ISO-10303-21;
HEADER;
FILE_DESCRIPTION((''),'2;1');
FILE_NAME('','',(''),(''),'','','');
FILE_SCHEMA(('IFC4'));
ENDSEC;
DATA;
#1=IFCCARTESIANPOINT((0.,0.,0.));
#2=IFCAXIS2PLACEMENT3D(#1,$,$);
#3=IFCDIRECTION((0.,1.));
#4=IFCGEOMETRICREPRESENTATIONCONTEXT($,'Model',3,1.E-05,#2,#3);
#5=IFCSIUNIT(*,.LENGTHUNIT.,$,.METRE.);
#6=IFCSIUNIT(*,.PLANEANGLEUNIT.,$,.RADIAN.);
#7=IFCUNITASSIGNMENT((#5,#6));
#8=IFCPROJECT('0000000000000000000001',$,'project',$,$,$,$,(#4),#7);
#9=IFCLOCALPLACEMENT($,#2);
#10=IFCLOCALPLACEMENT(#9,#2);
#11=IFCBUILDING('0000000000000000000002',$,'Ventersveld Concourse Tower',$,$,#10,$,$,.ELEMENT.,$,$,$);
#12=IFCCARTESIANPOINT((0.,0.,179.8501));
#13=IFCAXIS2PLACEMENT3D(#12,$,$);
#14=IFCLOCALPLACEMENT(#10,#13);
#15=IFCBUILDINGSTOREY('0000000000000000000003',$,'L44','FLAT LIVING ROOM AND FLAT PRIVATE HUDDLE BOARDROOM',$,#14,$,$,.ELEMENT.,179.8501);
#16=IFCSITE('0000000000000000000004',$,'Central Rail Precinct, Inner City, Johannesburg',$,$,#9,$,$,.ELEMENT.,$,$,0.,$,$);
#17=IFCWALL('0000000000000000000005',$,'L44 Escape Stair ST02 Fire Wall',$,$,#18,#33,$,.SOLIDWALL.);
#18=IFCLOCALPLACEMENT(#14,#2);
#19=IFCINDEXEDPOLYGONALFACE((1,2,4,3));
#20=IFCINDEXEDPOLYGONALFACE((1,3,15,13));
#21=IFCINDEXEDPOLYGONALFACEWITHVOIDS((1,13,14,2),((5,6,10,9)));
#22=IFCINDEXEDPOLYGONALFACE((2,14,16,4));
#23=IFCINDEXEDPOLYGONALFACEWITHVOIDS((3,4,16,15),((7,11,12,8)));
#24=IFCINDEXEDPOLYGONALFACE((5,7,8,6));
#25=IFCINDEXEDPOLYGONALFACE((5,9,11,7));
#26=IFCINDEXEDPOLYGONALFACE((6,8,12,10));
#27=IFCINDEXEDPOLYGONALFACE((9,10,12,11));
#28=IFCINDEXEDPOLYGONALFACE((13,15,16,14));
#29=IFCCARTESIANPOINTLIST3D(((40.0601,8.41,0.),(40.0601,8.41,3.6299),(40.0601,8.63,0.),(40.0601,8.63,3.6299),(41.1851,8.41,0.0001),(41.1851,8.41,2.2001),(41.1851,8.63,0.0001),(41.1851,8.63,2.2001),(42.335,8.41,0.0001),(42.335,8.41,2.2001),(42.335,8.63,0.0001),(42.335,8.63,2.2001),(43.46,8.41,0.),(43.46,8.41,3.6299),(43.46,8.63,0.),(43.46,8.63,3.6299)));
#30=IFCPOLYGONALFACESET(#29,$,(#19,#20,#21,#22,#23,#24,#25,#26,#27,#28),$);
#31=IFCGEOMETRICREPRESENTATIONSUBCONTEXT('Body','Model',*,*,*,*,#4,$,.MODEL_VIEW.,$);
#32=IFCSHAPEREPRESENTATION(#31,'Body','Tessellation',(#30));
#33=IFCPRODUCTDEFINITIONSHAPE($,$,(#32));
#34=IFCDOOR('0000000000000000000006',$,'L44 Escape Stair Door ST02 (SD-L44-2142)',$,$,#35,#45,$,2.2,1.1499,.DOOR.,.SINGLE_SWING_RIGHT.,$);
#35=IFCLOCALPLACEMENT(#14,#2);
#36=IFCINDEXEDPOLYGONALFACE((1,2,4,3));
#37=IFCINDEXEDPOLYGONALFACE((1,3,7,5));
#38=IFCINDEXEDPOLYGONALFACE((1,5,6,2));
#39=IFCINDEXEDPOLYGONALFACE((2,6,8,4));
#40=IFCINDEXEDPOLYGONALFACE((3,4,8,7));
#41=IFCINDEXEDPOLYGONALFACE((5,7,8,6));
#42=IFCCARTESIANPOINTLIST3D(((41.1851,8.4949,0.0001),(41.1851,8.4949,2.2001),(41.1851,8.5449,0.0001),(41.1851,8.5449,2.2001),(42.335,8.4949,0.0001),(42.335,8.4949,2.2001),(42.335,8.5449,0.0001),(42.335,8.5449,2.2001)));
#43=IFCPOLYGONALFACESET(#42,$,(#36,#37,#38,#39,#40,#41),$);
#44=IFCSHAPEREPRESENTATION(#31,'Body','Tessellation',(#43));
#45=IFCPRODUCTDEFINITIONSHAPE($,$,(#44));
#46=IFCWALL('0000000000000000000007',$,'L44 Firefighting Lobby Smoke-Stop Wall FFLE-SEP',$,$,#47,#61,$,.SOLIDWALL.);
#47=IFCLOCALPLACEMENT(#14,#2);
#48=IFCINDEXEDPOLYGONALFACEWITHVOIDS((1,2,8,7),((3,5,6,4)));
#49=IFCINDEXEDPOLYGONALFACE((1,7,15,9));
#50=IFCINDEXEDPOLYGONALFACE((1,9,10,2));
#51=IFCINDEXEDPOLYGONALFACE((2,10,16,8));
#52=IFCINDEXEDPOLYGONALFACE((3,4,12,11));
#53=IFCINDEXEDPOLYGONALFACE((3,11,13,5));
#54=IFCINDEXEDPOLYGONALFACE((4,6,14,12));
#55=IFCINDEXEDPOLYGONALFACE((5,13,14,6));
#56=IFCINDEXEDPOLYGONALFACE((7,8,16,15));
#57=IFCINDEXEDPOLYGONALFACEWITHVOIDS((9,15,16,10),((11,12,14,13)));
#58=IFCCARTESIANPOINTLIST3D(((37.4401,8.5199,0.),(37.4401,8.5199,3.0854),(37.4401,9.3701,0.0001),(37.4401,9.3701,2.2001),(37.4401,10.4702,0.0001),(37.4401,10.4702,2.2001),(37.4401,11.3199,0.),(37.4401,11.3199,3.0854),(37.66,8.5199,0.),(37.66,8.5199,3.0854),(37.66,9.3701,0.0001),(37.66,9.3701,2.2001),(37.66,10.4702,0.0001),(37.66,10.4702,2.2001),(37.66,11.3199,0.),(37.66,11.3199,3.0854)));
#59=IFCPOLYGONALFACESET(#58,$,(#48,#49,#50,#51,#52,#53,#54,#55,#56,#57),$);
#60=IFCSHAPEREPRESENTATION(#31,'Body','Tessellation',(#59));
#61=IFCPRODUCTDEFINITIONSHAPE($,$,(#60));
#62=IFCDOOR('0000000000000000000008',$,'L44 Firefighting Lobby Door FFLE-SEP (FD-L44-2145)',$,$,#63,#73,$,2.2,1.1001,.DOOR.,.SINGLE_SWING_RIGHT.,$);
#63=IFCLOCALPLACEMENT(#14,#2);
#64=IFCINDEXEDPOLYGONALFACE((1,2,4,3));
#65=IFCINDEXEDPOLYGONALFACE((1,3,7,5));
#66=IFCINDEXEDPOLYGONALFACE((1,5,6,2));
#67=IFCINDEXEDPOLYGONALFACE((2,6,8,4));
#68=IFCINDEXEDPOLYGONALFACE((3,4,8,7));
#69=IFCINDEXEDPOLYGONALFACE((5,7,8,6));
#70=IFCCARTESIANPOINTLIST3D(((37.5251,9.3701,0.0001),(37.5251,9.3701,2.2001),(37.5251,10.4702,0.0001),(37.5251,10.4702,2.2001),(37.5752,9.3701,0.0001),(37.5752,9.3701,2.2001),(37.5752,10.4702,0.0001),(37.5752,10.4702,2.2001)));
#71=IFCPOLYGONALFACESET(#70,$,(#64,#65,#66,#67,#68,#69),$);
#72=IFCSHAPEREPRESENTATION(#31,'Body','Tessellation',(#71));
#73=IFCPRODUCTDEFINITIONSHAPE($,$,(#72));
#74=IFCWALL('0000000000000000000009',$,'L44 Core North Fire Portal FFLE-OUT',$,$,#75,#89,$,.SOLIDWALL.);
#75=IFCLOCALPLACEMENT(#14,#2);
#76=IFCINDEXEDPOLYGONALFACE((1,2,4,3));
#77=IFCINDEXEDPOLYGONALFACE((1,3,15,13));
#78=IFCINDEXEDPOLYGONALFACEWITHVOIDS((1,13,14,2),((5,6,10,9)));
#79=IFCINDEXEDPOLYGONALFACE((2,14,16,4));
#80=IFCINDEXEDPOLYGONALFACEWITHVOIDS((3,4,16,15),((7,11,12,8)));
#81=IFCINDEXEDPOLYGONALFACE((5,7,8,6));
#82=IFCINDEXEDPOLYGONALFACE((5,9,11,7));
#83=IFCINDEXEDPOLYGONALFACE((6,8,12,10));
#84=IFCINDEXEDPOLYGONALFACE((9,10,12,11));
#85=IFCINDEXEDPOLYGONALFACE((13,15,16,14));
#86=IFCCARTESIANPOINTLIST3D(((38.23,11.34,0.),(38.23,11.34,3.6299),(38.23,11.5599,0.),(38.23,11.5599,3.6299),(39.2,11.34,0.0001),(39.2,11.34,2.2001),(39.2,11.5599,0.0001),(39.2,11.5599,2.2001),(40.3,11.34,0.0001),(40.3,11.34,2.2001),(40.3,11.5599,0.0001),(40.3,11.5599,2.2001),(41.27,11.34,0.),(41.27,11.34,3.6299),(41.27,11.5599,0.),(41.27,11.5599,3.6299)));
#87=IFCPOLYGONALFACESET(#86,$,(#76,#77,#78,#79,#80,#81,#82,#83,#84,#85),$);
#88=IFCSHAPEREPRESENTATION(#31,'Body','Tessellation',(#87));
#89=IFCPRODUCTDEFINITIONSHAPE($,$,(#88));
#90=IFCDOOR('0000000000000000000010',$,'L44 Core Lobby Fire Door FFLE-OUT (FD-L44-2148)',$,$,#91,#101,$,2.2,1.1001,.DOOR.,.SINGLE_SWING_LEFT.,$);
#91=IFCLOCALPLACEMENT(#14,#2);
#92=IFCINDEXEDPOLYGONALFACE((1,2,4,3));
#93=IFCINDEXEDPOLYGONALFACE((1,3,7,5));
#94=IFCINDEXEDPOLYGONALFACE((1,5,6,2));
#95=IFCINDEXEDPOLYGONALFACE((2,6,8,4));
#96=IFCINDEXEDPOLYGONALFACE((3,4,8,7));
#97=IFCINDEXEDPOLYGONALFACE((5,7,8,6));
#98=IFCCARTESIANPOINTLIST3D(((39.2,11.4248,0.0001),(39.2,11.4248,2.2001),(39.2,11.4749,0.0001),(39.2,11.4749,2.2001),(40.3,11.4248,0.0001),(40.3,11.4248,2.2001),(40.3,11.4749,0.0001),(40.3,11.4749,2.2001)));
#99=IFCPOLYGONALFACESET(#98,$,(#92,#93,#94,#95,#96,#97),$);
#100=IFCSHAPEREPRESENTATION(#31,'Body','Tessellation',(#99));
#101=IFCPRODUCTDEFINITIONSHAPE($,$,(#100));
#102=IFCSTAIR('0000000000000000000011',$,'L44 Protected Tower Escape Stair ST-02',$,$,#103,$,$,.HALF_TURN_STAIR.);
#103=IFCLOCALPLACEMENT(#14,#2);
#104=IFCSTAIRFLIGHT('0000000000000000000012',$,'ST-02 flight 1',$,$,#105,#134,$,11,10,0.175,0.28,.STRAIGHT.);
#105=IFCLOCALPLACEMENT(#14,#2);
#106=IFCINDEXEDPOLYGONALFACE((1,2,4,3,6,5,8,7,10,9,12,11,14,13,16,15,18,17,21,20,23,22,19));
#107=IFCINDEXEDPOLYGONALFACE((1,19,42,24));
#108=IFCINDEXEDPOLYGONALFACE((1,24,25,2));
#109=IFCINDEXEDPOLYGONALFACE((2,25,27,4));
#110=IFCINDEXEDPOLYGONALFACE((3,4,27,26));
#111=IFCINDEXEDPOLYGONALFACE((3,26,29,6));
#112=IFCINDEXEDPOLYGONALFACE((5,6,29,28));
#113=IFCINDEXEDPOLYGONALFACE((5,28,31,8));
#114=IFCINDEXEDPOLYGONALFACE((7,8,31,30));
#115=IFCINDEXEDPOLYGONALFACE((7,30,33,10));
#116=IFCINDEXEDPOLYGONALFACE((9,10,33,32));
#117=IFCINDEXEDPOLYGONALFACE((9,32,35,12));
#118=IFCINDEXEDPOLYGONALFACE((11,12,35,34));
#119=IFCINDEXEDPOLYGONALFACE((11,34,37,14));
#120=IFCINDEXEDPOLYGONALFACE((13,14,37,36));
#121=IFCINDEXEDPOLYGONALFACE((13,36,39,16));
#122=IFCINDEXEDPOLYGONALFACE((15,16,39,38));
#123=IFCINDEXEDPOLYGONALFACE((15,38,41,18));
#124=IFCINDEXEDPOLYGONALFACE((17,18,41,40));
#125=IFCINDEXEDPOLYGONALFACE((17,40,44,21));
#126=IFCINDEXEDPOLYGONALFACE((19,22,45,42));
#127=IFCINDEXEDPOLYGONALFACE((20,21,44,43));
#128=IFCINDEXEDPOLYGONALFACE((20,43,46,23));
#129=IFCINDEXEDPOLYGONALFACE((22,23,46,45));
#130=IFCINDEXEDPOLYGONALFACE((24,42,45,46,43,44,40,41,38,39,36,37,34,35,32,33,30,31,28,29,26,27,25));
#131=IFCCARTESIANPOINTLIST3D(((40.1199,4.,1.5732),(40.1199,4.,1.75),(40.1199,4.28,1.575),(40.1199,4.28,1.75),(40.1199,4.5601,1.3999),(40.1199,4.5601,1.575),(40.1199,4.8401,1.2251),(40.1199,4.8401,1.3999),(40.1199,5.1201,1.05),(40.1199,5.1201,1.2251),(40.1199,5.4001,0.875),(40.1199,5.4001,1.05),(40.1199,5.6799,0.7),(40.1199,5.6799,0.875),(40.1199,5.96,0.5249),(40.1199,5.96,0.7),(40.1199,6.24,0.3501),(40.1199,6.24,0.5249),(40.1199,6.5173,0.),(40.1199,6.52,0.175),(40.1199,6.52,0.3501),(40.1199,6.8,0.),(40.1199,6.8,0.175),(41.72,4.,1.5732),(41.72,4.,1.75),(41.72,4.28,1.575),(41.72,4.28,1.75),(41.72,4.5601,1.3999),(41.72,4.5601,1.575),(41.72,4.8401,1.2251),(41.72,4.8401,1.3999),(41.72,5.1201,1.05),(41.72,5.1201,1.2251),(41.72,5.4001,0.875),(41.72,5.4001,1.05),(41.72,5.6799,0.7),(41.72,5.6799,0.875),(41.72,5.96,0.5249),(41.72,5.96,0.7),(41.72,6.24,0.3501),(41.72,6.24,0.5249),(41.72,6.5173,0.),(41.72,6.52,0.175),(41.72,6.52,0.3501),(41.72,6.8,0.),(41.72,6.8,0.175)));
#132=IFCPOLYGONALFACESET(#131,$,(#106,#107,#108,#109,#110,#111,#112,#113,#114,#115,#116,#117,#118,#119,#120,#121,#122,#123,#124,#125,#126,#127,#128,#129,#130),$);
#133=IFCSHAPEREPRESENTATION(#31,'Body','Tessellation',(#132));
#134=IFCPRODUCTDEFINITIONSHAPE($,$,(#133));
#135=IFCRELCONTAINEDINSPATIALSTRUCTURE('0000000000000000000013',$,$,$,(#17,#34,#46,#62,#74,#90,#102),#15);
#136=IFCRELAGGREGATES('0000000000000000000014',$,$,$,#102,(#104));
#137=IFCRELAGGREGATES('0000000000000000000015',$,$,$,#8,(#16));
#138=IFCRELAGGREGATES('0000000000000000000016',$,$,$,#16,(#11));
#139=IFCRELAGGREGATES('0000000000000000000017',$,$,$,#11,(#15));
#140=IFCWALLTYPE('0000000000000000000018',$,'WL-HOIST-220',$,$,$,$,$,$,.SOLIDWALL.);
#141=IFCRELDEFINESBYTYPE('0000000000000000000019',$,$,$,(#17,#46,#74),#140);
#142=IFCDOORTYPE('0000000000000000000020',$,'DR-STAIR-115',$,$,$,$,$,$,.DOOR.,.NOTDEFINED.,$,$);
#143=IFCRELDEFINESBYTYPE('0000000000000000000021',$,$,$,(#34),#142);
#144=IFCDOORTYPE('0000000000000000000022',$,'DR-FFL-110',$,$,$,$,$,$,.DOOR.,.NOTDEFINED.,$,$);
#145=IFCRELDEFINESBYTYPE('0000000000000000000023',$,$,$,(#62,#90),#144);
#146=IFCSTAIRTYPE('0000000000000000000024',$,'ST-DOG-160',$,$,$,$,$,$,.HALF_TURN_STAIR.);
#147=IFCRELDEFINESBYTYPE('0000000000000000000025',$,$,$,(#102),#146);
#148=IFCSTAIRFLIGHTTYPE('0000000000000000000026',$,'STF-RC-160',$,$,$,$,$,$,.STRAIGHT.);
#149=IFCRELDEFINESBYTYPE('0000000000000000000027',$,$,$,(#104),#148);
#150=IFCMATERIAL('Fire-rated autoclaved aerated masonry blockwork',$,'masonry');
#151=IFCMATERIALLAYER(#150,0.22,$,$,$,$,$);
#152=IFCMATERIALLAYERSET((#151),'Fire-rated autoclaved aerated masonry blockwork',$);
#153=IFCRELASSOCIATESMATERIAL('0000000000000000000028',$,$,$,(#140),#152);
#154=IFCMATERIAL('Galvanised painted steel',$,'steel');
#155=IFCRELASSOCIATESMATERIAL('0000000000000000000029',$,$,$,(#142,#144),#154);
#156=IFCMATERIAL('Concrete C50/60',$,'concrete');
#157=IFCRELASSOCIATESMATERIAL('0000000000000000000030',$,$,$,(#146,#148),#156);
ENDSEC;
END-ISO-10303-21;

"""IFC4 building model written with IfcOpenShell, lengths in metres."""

from ifc_helpers import new_model, si_unit, direction, frame, frame_2d, origin, place, context, subcontext, project, spatial, polyline, rectangle, outline, extrude, material, layer, layer_set, type_object, element, fill, aggregate, save


model = new_model("IFC4")

# Units and contexts
model_context = context("Model", 3, precision=1e-05, world=origin(), true_north=direction((0.0, 1.0)))
body_context = subcontext(model_context, "Body", "Model", "MODEL_VIEW")
ifc_project = project(units=[si_unit("LENGTHUNIT", "METRE"), si_unit("PLANEANGLEUNIT", "RADIAN")], contexts=[model_context])

# Site, building, storey
site_placement = place(None, origin())
site = spatial("IfcSite", under=ifc_project, at=site_placement, Name="Central Rail Precinct, Inner City, Johannesburg", CompositionType="ELEMENT", RefElevation=0.0)
building_placement = place(site_placement, origin())
building = spatial("IfcBuilding", under=site, at=building_placement, Name="Ventersveld Concourse Tower", CompositionType="ELEMENT")
storey_placement = place(building_placement, frame((0.0, 0.0, 179.8501)))
storey = spatial("IfcBuildingStorey", under=building, at=storey_placement, Name="L44", Description="FLAT LIVING ROOM AND FLAT PRIVATE HUDDLE BOARDROOM", CompositionType="ELEMENT", Elevation=179.8501)

# Shared definitions
ifc_material_1 = material(Name="Fire-rated autoclaved aerated masonry blockwork", Category="masonry")
ifc_layer_1 = layer(ifc_material_1, 0.22)
ifc_layer_set_1 = layer_set([ifc_layer_1], Name="Fire-rated autoclaved aerated masonry blockwork")
wall_type_1 = type_object("IfcWallType", Name="WL-HOIST-220", PredefinedType="SOLIDWALL", material=ifc_layer_set_1)

# Walls, openings, doors
wall_1_placement = place(storey_placement, frame((40.0601, 8.52, 0.0), z_axis=(0.0, 0.0, 1.0), x_axis=(1.0, 0.0, 0.0)))
wall_1 = element("IfcWall", 1, at=wall_1_placement, inside=storey, type_object=wall_type_1, Name="L44 Escape Stair ST02 Fire Wall", PredefinedType="SOLIDWALL", context=body_context, shape_type="SweptSolid", body=[
    extrude(rectangle(XDim=3.3999, YDim=0.22, at=frame_2d((1.7, 0.0))), origin(), (0.0, 0.0, 1.0), 3.6299),
])
opening_1_placement = place(wall_1_placement, frame((1.125, 0.0, 0.0)))
opening_1 = element("IfcOpeningElement", 2, at=opening_1_placement, cuts=wall_1, PredefinedType="OPENING", context=body_context, shape_type="SweptSolid", body=[
    extrude(rectangle(XDim=1.1499, YDim=2.2, at=frame_2d((0.575, 1.1001))), frame((0.0, 0.1201, 0.0), z_axis=(0.0, -1.0, 0.0), x_axis=(1.0, 0.0, 0.0)), (0.0, 0.0, 1.0), 0.24),
])
ifc_material_2 = material(Name="Galvanised painted steel", Category="steel")
door_type_1 = type_object("IfcDoorType", Name="DR-STAIR-115", OperationType="NOTDEFINED", PredefinedType="DOOR", material=ifc_material_2)
door_1_placement = place(opening_1_placement, origin())
door_1 = element("IfcDoor", 3, at=door_1_placement, inside=storey, type_object=door_type_1, Name="L44 Escape Stair Door ST02 (SD-L44-2142)", OperationType="SINGLE_SWING_RIGHT", OverallHeight=2.2, OverallWidth=1.1499, PredefinedType="DOOR", context=body_context, shape_type="SweptSolid", body=[
    extrude(rectangle(XDim=1.1499, YDim=2.2, at=frame_2d((0.575, 1.1001))), frame((0.0, 0.0249, 0.0), z_axis=(0.0, -1.0, 0.0), x_axis=(1.0, 0.0, 0.0)), (0.0, 0.0, 1.0), 0.05),
])
fill(opening_1, door_1)
wall_2_placement = place(storey_placement, frame((37.55, 8.52, 0.0), z_axis=(0.0, 0.0, 1.0), x_axis=(0.0, 1.0, 0.0)))
wall_2 = element("IfcWall", 4, at=wall_2_placement, inside=storey, type_object=wall_type_1, Name="L44 Firefighting Lobby Smoke-Stop Wall FFLE-SEP", PredefinedType="SOLIDWALL", context=body_context, shape_type="SweptSolid", body=[
    extrude(rectangle(XDim=2.8, YDim=0.22, at=frame_2d((1.3999, 0.0))), origin(), (0.0, 0.0, 1.0), 3.0854),
])
opening_2_placement = place(wall_2_placement, frame((0.8501, 0.0, 0.0)))
opening_2 = element("IfcOpeningElement", 5, at=opening_2_placement, cuts=wall_2, PredefinedType="OPENING", context=body_context, shape_type="SweptSolid", body=[
    extrude(rectangle(XDim=1.1001, YDim=2.2, at=frame_2d((0.55, 1.1001))), frame((0.0, 0.1201, 0.0), z_axis=(0.0, -1.0, 0.0), x_axis=(1.0, 0.0, 0.0)), (0.0, 0.0, 1.0), 0.24),
])
door_type_2 = type_object("IfcDoorType", Name="DR-FFL-110", OperationType="NOTDEFINED", PredefinedType="DOOR", material=ifc_material_2)
door_2_placement = place(opening_2_placement, origin())
door_2 = element("IfcDoor", 6, at=door_2_placement, inside=storey, type_object=door_type_2, Name="L44 Firefighting Lobby Door FFLE-SEP (FD-L44-2145)", OperationType="SINGLE_SWING_RIGHT", OverallHeight=2.2, OverallWidth=1.1001, PredefinedType="DOOR", context=body_context, shape_type="SweptSolid", body=[
    extrude(rectangle(XDim=1.1001, YDim=2.2, at=frame_2d((0.55, 1.1001))), frame((0.0, 0.0249, 0.0), z_axis=(0.0, -1.0, 0.0), x_axis=(1.0, 0.0, 0.0)), (0.0, 0.0, 1.0), 0.05),
])
fill(opening_2, door_2)
wall_3_placement = place(storey_placement, frame((38.23, 11.45, 0.0), z_axis=(0.0, 0.0, 1.0), x_axis=(1.0, 0.0, 0.0)))
wall_3 = element("IfcWall", 7, at=wall_3_placement, inside=storey, type_object=wall_type_1, Name="L44 Core North Fire Portal FFLE-OUT", PredefinedType="SOLIDWALL", context=body_context, shape_type="SweptSolid", body=[
    extrude(rectangle(XDim=3.04, YDim=0.22, at=frame_2d((1.52, 0.0))), origin(), (0.0, 0.0, 1.0), 3.6299),
])
opening_3_placement = place(wall_3_placement, frame((0.97, 0.0, 0.0)))
opening_3 = element("IfcOpeningElement", 8, at=opening_3_placement, cuts=wall_3, PredefinedType="OPENING", context=body_context, shape_type="SweptSolid", body=[
    extrude(rectangle(XDim=1.1001, YDim=2.2, at=frame_2d((0.55, 1.1001))), frame((0.0, 0.1201, 0.0), z_axis=(0.0, -1.0, 0.0), x_axis=(1.0, 0.0, 0.0)), (0.0, 0.0, 1.0), 0.24),
])
door_3_placement = place(opening_3_placement, origin())
door_3 = element("IfcDoor", 9, at=door_3_placement, inside=storey, type_object=door_type_2, Name="L44 Core Lobby Fire Door FFLE-OUT (FD-L44-2148)", OperationType="SINGLE_SWING_LEFT", OverallHeight=2.2, OverallWidth=1.1001, PredefinedType="DOOR", context=body_context, shape_type="SweptSolid", body=[
    extrude(rectangle(XDim=1.1001, YDim=2.2, at=frame_2d((0.55, 1.1001))), frame((0.0, 0.0249, 0.0), z_axis=(0.0, -1.0, 0.0), x_axis=(1.0, 0.0, 0.0)), (0.0, 0.0, 1.0), 0.05),
])
fill(opening_3, door_3)

# Stair, stair flight
ifc_material_3 = material(Name="Concrete C50/60", Category="concrete")
stair_type = type_object("IfcStairType", Name="ST-DOG-160", PredefinedType="HALF_TURN_STAIR", material=ifc_material_3)
stair_placement = place(storey_placement, origin())
stair = element("IfcStair", 10, at=stair_placement, inside=storey, type_object=stair_type, Name="L44 Protected Tower Escape Stair ST-02", PredefinedType="HALF_TURN_STAIR")
stair_flight_type = type_object("IfcStairFlightType", Name="STF-RC-160", PredefinedType="STRAIGHT", material=ifc_material_3)
stair_flight_placement = place(storey_placement, frame((40.9199, 6.8, 0.0), z_axis=(0.0, 0.0, 1.0), x_axis=(0.0, -1.0, 0.0)))
stair_flight = element("IfcStairFlight", 11, at=stair_flight_placement, type_object=stair_flight_type, Name="ST-02 flight 1", NumberOfRisers=11, NumberOfTreads=10, PredefinedType="STRAIGHT", RiserHeight=0.175, TreadLength=0.28, context=body_context, shape_type="SweptSolid", body=[
    extrude(outline(polyline([(0.0, 0.0), (0.0, 0.175), (0.28, 0.175), (0.28, 0.3501), (0.5601, 0.3501), (0.5601, 0.5249), (0.8401, 0.5249), (0.8401, 0.7), (1.1201, 0.7), (1.1201, 0.875), (1.3999, 0.875), (1.3999, 1.05), (1.6799, 1.05), (1.6799, 1.2251), (1.96, 1.2251), (1.96, 1.3999), (2.24, 1.3999), (2.24, 1.575), (2.52, 1.575), (2.52, 1.75), (2.8, 1.75), (2.8, 1.925), (2.8, 1.5732), (0.2827, 0.0), (0.0, 0.0)])), frame((0.0, 0.8, 0.0), z_axis=(0.0, -1.0, 0.0), x_axis=(1.0, 0.0, 0.0)), (0.0, 0.0, 1.0), 1.6001),
])
aggregate(stair, [stair_flight])

save(model, "model.ifc")
